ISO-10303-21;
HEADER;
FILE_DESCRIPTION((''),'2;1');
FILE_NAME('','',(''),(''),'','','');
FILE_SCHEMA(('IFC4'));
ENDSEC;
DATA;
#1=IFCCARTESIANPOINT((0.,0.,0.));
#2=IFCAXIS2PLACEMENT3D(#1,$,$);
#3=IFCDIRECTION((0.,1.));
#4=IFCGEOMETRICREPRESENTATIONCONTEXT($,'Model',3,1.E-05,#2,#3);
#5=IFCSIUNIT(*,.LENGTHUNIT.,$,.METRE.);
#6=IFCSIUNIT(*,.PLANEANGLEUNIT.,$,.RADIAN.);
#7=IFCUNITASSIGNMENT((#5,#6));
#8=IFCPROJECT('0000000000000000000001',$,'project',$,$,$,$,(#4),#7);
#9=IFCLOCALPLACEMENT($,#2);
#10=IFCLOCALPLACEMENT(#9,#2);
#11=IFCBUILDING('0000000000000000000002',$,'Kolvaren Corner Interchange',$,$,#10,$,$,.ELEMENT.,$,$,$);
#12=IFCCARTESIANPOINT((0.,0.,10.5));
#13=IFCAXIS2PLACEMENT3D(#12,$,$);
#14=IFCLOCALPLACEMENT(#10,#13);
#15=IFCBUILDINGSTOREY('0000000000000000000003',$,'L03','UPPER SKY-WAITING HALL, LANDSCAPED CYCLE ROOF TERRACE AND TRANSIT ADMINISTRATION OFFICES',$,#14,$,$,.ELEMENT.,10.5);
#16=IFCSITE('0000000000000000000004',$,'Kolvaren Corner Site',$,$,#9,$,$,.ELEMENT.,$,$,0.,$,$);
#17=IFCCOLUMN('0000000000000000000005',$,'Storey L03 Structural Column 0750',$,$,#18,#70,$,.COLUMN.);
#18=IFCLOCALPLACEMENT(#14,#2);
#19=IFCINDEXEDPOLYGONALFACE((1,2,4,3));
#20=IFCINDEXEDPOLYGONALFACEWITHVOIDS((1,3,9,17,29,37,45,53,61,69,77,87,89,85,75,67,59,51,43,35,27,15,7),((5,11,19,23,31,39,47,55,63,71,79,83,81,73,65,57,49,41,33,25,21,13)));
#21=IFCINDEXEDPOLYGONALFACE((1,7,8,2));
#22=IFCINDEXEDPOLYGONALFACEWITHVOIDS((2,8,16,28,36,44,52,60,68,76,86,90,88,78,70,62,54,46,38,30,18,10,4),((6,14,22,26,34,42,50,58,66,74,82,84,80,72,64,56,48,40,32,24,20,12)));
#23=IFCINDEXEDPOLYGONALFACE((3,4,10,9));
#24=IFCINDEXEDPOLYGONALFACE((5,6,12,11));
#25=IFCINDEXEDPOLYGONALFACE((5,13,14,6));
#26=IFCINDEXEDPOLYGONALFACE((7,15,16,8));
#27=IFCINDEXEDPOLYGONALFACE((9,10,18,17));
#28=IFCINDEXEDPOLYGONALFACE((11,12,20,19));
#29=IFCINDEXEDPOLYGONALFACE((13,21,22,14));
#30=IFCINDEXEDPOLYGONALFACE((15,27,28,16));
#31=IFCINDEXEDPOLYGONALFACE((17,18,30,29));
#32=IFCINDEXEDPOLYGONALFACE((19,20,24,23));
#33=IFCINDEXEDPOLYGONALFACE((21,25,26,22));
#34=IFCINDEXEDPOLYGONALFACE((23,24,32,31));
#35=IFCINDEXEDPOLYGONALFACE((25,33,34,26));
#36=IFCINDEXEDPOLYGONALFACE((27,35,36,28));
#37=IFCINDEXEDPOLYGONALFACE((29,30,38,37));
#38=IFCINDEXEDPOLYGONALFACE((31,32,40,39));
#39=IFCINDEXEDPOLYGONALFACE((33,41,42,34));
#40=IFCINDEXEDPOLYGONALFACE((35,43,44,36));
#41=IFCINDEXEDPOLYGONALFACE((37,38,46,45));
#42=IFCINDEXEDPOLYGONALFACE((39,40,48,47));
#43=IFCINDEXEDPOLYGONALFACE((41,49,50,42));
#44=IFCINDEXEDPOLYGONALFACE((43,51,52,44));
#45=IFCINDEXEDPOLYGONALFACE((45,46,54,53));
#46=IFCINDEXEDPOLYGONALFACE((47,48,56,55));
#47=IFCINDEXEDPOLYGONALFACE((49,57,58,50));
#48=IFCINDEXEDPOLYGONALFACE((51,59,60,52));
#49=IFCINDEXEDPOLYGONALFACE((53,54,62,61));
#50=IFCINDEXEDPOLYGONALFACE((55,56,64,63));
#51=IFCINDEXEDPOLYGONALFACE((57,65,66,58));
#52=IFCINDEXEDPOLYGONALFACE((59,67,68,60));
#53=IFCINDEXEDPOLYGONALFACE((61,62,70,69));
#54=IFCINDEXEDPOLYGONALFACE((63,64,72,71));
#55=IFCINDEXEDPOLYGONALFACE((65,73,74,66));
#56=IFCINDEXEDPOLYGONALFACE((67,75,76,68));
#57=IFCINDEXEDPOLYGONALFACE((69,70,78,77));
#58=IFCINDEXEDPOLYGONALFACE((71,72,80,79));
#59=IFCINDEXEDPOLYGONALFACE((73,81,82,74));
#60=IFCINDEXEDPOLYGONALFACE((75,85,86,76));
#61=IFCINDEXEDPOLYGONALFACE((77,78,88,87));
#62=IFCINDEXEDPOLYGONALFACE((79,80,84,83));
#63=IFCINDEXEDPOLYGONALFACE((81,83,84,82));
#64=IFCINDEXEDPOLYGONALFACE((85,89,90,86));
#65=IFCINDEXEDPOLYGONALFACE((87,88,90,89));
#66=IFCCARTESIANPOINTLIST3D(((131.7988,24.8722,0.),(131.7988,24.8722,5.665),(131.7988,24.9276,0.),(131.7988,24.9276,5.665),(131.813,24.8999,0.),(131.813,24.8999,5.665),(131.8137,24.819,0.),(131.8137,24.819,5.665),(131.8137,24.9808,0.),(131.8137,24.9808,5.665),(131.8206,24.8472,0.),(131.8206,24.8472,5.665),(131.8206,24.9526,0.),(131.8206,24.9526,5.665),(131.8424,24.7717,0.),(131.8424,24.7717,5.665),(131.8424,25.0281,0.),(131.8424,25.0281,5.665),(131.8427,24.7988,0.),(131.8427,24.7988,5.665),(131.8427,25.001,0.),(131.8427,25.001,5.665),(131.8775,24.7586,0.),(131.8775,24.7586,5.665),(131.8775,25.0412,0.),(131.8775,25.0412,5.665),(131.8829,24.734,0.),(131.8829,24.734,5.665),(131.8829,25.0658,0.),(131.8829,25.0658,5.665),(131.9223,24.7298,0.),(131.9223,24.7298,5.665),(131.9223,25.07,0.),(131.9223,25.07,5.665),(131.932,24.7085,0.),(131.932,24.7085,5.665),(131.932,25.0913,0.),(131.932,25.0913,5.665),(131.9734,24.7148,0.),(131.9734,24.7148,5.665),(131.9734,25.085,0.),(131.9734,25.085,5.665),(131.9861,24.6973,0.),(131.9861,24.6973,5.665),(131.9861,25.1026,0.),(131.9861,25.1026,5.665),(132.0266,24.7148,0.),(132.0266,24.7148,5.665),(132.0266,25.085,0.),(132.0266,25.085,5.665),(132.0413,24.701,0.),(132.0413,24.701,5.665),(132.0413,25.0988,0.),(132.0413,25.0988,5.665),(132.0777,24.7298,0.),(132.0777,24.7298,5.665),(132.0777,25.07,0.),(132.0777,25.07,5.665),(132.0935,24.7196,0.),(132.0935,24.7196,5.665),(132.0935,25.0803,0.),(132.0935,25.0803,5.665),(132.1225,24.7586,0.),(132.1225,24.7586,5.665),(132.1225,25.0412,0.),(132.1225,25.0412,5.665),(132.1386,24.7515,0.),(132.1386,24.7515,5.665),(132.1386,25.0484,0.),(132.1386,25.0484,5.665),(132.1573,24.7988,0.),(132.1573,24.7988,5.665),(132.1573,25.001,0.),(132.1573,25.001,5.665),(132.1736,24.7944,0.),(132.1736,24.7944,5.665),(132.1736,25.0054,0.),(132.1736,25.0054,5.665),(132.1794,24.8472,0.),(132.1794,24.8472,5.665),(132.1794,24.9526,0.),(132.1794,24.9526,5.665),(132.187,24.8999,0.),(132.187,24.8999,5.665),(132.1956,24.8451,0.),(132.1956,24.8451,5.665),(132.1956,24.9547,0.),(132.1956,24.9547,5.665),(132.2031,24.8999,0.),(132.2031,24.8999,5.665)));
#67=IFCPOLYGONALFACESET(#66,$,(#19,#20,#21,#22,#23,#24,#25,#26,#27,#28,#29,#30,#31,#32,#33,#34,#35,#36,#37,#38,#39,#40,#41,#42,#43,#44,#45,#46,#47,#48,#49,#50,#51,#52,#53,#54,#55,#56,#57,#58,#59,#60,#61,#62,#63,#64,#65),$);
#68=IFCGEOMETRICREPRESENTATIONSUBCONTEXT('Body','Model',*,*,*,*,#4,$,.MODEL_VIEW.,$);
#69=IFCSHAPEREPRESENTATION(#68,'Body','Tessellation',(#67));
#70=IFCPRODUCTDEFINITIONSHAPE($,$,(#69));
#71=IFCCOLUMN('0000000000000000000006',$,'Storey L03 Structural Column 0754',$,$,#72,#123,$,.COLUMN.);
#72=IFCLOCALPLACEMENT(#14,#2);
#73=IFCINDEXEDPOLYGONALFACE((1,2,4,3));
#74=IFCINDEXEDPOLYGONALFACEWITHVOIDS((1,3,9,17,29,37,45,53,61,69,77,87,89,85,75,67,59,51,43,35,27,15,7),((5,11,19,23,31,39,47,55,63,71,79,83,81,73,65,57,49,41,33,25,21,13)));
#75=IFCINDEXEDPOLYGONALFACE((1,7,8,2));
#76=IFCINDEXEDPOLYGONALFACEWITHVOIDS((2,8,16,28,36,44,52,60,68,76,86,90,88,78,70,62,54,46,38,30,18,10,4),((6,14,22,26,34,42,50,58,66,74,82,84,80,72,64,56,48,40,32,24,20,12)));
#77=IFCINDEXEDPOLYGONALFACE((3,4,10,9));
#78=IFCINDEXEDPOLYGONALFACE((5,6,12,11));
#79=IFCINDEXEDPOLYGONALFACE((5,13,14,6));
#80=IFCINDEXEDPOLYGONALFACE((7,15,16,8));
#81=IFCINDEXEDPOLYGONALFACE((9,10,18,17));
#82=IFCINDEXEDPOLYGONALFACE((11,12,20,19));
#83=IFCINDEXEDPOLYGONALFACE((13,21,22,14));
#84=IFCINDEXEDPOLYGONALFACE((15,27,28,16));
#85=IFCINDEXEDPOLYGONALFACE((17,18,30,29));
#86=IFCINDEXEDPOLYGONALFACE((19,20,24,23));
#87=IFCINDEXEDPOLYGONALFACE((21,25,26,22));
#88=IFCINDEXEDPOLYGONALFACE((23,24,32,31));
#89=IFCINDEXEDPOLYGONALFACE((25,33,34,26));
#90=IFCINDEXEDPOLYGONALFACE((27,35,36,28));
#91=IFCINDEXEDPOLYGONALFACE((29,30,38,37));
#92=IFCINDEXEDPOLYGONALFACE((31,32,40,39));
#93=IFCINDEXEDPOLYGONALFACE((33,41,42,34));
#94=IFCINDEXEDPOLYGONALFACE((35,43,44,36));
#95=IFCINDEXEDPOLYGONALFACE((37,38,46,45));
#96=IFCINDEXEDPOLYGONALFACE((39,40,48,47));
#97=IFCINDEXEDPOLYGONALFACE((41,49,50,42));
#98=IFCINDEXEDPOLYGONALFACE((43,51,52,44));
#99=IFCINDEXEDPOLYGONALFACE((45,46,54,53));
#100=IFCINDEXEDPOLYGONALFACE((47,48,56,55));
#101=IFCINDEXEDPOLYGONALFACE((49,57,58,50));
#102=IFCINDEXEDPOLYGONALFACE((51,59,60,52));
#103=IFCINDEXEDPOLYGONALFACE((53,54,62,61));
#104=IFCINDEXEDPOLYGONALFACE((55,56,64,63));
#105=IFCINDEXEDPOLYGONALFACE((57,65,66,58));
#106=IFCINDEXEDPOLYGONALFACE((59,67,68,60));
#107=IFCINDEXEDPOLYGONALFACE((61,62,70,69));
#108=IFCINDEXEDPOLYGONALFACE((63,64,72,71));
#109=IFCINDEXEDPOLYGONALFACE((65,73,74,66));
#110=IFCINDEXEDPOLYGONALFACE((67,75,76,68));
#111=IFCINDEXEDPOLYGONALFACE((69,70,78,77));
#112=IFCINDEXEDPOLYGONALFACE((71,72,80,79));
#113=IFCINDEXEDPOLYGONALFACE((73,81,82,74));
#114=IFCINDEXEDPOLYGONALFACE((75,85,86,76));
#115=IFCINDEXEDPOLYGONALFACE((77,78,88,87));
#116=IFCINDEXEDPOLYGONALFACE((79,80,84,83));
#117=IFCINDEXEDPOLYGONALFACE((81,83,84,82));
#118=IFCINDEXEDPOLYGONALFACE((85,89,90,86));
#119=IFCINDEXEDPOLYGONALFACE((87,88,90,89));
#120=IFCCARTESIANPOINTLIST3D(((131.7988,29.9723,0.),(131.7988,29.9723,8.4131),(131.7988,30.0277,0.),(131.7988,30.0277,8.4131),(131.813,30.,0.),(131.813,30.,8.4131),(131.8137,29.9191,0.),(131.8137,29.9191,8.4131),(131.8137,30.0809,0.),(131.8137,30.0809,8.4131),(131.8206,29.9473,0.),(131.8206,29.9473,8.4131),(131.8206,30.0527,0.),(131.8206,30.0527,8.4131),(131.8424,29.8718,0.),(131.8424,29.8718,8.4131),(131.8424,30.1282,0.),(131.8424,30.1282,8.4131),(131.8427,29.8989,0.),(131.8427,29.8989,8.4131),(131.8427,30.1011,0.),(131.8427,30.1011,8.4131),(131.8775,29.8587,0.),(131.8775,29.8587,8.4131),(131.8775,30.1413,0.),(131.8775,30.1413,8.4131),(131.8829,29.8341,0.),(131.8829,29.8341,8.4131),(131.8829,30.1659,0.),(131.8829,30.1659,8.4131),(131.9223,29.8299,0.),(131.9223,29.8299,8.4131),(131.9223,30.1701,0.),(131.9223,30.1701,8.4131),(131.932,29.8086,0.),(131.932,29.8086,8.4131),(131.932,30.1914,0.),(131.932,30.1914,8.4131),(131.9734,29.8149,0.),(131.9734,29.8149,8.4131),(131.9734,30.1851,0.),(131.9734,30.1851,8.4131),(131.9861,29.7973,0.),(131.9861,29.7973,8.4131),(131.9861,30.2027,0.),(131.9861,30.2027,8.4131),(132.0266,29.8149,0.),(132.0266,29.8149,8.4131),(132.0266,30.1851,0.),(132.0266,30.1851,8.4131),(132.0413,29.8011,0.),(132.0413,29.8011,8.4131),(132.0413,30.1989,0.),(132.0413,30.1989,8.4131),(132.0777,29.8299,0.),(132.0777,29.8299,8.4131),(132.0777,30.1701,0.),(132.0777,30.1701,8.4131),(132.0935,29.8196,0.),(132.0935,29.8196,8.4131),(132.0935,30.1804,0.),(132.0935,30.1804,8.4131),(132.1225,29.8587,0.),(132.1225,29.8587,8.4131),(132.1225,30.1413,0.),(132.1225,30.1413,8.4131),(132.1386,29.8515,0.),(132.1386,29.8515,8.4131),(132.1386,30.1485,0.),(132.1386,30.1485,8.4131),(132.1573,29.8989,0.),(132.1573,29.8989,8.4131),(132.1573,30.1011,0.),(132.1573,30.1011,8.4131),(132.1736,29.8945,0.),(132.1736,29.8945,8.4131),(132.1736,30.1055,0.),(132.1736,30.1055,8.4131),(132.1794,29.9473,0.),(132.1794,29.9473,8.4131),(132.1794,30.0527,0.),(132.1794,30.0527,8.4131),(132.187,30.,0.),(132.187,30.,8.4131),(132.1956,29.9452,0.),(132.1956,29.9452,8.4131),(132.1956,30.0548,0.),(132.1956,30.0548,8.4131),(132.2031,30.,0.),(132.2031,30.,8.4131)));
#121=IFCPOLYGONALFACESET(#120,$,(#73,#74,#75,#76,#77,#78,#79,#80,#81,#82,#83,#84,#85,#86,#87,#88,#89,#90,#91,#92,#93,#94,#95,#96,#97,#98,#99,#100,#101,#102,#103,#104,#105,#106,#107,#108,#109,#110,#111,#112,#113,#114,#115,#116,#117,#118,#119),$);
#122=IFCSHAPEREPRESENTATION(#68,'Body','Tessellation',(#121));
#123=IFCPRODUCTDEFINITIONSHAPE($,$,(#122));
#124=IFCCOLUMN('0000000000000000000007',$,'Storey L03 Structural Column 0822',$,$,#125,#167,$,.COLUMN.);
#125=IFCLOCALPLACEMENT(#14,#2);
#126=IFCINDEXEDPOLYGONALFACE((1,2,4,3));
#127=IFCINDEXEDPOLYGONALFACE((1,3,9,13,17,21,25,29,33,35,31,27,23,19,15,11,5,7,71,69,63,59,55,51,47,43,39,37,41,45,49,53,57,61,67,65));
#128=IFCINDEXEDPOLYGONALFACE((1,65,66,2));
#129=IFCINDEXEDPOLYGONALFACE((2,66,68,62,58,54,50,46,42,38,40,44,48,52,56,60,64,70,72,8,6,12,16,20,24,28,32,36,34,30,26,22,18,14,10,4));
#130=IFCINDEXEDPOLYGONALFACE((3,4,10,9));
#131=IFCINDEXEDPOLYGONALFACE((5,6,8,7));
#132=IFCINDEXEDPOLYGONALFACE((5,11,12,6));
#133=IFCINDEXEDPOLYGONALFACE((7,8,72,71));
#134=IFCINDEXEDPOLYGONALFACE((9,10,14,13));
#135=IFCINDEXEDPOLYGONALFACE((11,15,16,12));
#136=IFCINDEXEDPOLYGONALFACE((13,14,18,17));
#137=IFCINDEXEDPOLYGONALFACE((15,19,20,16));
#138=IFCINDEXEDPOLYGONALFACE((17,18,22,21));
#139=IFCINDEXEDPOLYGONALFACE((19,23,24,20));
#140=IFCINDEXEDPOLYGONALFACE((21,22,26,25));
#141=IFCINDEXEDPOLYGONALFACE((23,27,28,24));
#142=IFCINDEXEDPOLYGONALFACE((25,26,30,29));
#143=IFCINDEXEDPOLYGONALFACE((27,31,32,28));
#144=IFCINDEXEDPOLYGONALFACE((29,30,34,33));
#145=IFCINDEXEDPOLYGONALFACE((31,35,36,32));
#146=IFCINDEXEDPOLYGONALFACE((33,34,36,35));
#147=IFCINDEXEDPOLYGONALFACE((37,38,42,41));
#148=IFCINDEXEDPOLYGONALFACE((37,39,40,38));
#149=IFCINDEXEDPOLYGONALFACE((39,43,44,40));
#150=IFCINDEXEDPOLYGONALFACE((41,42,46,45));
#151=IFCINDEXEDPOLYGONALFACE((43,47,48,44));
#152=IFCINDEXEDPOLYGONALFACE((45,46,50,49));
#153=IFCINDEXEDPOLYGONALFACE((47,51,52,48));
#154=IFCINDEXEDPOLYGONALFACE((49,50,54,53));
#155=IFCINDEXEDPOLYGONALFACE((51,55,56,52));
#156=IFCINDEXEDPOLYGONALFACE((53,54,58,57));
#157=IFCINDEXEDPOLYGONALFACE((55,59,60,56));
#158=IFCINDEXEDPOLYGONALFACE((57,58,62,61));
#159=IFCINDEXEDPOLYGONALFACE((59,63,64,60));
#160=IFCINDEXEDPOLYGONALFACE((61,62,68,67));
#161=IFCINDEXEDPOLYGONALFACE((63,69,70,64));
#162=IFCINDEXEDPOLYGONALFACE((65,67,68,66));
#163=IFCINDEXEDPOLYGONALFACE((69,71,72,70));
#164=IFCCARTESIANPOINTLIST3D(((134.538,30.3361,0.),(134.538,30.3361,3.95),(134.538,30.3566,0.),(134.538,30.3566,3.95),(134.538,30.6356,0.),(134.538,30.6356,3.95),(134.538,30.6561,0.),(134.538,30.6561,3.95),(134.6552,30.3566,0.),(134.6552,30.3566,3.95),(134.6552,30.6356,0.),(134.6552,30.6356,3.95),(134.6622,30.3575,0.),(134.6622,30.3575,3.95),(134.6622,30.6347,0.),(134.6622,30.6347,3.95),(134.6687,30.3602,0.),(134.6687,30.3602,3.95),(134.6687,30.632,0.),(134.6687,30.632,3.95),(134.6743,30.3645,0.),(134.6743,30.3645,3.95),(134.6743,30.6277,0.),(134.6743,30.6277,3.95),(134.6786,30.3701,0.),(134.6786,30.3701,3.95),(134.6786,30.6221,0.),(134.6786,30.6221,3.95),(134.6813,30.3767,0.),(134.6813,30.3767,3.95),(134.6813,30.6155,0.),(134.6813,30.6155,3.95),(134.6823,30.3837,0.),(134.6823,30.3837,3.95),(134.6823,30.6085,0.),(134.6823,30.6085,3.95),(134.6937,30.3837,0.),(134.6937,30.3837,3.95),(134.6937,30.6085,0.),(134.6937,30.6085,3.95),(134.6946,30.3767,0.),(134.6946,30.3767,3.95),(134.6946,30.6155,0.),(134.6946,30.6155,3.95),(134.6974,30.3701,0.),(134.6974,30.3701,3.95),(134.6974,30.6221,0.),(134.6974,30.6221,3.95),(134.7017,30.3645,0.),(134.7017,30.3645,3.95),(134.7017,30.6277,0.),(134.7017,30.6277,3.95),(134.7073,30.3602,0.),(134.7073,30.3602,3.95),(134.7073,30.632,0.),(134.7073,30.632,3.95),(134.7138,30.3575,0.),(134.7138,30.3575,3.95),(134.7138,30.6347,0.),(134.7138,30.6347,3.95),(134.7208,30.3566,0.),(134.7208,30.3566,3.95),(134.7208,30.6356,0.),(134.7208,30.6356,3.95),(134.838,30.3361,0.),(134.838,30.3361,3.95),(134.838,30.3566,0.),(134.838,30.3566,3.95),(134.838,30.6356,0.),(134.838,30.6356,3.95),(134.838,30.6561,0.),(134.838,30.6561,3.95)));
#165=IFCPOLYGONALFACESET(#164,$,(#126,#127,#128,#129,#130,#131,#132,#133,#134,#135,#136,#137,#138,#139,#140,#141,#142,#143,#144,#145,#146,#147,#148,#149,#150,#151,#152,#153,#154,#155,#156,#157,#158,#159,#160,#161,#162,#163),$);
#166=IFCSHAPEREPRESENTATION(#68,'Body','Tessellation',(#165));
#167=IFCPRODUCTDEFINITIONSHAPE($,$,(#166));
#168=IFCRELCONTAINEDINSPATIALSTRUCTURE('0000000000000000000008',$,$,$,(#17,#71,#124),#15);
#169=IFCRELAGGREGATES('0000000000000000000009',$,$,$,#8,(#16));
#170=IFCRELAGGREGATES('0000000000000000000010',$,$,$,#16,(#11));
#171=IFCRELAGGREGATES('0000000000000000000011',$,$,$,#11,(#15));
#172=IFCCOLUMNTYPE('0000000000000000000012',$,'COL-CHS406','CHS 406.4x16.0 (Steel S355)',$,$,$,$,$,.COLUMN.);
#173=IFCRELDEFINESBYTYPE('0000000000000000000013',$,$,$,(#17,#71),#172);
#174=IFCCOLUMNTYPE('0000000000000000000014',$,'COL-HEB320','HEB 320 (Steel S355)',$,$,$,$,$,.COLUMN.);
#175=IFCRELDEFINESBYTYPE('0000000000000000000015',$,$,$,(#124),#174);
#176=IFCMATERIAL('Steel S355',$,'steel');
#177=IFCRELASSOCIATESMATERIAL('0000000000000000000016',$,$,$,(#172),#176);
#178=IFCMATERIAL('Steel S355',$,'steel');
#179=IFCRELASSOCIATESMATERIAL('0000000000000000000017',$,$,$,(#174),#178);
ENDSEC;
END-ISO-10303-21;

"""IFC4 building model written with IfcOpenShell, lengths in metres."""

from ifc_helpers import new_model, si_unit, direction, frame, origin, origin_2d, place, context, subcontext, project, spatial, hollow_circle, i_section, extrude, material, material_profile, profile_set, type_object, element, save


model = new_model("IFC4")

# Units and contexts
model_context = context("Model", 3, precision=1e-05, world=origin(), true_north=direction((0.0, 1.0)))
body_context = subcontext(model_context, "Body", "Model", "MODEL_VIEW")
ifc_project = project(units=[si_unit("LENGTHUNIT", "METRE"), si_unit("PLANEANGLEUNIT", "RADIAN")], contexts=[model_context])

# Site, building, storey
site_placement = place(None, origin())
site = spatial("IfcSite", under=ifc_project, at=site_placement, Name="Kolvaren Corner Site", CompositionType="ELEMENT", RefElevation=0.0)
building_placement = place(site_placement, origin())
building = spatial("IfcBuilding", under=site, at=building_placement, Name="Kolvaren Corner Interchange", CompositionType="ELEMENT")
storey_placement = place(building_placement, frame((0.0, 0.0, 10.5)))
storey = spatial("IfcBuildingStorey", under=building, at=storey_placement, Name="L03", Description="UPPER SKY-WAITING HALL, LANDSCAPED CYCLE ROOF TERRACE AND TRANSIT ADMINISTRATION OFFICES", CompositionType="ELEMENT", Elevation=10.5)

# Columns
ifc_material_1 = material(Name="Steel S355", Category="steel")
ifc_material_profile_1 = material_profile(ifc_material_1, hollow_circle(Radius=0.2031, WallThickness=0.0161, at=origin_2d()), Name="CHS 406.4x16.0")
ifc_profile_set_1 = profile_set([ifc_material_profile_1], Name="Steel S355")
column_type_1 = type_object("IfcColumnType", Name="COL-CHS406", Description="CHS 406.4x16.0 (Steel S355)", PredefinedType="COLUMN", material=ifc_profile_set_1)
column_1_placement = place(storey_placement, frame((132.0, 24.8999, 0.0), z_axis=(0.0, 0.0, 1.0), x_axis=(1.0, 0.0, 0.0)))
element("IfcColumn", 1, at=column_1_placement, inside=storey, type_object=column_type_1, Name="Storey L03 Structural Column 0750", PredefinedType="COLUMN", context=body_context, shape_type="SweptSolid", body=[
    extrude(hollow_circle(Radius=0.2031, WallThickness=0.0161, at=origin_2d()), origin(), (0.0, 0.0, 1.0), 5.665),
])
column_2_placement = place(storey_placement, frame((132.0, 30.0, 0.0), z_axis=(0.0, 0.0, 1.0), x_axis=(1.0, 0.0, 0.0)))
element("IfcColumn", 2, at=column_2_placement, inside=storey, type_object=column_type_1, Name="Storey L03 Structural Column 0754", PredefinedType="COLUMN", context=body_context, shape_type="SweptSolid", body=[
    extrude(hollow_circle(Radius=0.2031, WallThickness=0.0161, at=origin_2d()), origin(), (0.0, 0.0, 1.0), 8.4131),
])
ifc_material_2 = material(Name="Steel S355", Category="steel")
ifc_material_profile_2 = material_profile(ifc_material_2, i_section(OverallWidth=0.3, OverallDepth=0.3201, WebThickness=0.0115, FlangeThickness=0.0205, FilletRadius=0.0271, at=origin_2d()), Name="HEB 320")
ifc_profile_set_2 = profile_set([ifc_material_profile_2], Name="Steel S355")
column_type_2 = type_object("IfcColumnType", Name="COL-HEB320", Description="HEB 320 (Steel S355)", PredefinedType="COLUMN", material=ifc_profile_set_2)
column_3_placement = place(storey_placement, frame((134.688, 30.4961, 0.0), z_axis=(0.0, 0.0, 1.0), x_axis=(1.0, 0.0, 0.0)))
element("IfcColumn", 3, at=column_3_placement, inside=storey, type_object=column_type_2, Name="Storey L03 Structural Column 0822", PredefinedType="COLUMN", context=body_context, shape_type="SweptSolid", body=[
    extrude(i_section(OverallWidth=0.3, OverallDepth=0.3201, WebThickness=0.0115, FlangeThickness=0.0205, FilletRadius=0.0271, at=origin_2d()), origin(), (0.0, 0.0, 1.0), 3.95),
])

save(model, "model.ifc")
